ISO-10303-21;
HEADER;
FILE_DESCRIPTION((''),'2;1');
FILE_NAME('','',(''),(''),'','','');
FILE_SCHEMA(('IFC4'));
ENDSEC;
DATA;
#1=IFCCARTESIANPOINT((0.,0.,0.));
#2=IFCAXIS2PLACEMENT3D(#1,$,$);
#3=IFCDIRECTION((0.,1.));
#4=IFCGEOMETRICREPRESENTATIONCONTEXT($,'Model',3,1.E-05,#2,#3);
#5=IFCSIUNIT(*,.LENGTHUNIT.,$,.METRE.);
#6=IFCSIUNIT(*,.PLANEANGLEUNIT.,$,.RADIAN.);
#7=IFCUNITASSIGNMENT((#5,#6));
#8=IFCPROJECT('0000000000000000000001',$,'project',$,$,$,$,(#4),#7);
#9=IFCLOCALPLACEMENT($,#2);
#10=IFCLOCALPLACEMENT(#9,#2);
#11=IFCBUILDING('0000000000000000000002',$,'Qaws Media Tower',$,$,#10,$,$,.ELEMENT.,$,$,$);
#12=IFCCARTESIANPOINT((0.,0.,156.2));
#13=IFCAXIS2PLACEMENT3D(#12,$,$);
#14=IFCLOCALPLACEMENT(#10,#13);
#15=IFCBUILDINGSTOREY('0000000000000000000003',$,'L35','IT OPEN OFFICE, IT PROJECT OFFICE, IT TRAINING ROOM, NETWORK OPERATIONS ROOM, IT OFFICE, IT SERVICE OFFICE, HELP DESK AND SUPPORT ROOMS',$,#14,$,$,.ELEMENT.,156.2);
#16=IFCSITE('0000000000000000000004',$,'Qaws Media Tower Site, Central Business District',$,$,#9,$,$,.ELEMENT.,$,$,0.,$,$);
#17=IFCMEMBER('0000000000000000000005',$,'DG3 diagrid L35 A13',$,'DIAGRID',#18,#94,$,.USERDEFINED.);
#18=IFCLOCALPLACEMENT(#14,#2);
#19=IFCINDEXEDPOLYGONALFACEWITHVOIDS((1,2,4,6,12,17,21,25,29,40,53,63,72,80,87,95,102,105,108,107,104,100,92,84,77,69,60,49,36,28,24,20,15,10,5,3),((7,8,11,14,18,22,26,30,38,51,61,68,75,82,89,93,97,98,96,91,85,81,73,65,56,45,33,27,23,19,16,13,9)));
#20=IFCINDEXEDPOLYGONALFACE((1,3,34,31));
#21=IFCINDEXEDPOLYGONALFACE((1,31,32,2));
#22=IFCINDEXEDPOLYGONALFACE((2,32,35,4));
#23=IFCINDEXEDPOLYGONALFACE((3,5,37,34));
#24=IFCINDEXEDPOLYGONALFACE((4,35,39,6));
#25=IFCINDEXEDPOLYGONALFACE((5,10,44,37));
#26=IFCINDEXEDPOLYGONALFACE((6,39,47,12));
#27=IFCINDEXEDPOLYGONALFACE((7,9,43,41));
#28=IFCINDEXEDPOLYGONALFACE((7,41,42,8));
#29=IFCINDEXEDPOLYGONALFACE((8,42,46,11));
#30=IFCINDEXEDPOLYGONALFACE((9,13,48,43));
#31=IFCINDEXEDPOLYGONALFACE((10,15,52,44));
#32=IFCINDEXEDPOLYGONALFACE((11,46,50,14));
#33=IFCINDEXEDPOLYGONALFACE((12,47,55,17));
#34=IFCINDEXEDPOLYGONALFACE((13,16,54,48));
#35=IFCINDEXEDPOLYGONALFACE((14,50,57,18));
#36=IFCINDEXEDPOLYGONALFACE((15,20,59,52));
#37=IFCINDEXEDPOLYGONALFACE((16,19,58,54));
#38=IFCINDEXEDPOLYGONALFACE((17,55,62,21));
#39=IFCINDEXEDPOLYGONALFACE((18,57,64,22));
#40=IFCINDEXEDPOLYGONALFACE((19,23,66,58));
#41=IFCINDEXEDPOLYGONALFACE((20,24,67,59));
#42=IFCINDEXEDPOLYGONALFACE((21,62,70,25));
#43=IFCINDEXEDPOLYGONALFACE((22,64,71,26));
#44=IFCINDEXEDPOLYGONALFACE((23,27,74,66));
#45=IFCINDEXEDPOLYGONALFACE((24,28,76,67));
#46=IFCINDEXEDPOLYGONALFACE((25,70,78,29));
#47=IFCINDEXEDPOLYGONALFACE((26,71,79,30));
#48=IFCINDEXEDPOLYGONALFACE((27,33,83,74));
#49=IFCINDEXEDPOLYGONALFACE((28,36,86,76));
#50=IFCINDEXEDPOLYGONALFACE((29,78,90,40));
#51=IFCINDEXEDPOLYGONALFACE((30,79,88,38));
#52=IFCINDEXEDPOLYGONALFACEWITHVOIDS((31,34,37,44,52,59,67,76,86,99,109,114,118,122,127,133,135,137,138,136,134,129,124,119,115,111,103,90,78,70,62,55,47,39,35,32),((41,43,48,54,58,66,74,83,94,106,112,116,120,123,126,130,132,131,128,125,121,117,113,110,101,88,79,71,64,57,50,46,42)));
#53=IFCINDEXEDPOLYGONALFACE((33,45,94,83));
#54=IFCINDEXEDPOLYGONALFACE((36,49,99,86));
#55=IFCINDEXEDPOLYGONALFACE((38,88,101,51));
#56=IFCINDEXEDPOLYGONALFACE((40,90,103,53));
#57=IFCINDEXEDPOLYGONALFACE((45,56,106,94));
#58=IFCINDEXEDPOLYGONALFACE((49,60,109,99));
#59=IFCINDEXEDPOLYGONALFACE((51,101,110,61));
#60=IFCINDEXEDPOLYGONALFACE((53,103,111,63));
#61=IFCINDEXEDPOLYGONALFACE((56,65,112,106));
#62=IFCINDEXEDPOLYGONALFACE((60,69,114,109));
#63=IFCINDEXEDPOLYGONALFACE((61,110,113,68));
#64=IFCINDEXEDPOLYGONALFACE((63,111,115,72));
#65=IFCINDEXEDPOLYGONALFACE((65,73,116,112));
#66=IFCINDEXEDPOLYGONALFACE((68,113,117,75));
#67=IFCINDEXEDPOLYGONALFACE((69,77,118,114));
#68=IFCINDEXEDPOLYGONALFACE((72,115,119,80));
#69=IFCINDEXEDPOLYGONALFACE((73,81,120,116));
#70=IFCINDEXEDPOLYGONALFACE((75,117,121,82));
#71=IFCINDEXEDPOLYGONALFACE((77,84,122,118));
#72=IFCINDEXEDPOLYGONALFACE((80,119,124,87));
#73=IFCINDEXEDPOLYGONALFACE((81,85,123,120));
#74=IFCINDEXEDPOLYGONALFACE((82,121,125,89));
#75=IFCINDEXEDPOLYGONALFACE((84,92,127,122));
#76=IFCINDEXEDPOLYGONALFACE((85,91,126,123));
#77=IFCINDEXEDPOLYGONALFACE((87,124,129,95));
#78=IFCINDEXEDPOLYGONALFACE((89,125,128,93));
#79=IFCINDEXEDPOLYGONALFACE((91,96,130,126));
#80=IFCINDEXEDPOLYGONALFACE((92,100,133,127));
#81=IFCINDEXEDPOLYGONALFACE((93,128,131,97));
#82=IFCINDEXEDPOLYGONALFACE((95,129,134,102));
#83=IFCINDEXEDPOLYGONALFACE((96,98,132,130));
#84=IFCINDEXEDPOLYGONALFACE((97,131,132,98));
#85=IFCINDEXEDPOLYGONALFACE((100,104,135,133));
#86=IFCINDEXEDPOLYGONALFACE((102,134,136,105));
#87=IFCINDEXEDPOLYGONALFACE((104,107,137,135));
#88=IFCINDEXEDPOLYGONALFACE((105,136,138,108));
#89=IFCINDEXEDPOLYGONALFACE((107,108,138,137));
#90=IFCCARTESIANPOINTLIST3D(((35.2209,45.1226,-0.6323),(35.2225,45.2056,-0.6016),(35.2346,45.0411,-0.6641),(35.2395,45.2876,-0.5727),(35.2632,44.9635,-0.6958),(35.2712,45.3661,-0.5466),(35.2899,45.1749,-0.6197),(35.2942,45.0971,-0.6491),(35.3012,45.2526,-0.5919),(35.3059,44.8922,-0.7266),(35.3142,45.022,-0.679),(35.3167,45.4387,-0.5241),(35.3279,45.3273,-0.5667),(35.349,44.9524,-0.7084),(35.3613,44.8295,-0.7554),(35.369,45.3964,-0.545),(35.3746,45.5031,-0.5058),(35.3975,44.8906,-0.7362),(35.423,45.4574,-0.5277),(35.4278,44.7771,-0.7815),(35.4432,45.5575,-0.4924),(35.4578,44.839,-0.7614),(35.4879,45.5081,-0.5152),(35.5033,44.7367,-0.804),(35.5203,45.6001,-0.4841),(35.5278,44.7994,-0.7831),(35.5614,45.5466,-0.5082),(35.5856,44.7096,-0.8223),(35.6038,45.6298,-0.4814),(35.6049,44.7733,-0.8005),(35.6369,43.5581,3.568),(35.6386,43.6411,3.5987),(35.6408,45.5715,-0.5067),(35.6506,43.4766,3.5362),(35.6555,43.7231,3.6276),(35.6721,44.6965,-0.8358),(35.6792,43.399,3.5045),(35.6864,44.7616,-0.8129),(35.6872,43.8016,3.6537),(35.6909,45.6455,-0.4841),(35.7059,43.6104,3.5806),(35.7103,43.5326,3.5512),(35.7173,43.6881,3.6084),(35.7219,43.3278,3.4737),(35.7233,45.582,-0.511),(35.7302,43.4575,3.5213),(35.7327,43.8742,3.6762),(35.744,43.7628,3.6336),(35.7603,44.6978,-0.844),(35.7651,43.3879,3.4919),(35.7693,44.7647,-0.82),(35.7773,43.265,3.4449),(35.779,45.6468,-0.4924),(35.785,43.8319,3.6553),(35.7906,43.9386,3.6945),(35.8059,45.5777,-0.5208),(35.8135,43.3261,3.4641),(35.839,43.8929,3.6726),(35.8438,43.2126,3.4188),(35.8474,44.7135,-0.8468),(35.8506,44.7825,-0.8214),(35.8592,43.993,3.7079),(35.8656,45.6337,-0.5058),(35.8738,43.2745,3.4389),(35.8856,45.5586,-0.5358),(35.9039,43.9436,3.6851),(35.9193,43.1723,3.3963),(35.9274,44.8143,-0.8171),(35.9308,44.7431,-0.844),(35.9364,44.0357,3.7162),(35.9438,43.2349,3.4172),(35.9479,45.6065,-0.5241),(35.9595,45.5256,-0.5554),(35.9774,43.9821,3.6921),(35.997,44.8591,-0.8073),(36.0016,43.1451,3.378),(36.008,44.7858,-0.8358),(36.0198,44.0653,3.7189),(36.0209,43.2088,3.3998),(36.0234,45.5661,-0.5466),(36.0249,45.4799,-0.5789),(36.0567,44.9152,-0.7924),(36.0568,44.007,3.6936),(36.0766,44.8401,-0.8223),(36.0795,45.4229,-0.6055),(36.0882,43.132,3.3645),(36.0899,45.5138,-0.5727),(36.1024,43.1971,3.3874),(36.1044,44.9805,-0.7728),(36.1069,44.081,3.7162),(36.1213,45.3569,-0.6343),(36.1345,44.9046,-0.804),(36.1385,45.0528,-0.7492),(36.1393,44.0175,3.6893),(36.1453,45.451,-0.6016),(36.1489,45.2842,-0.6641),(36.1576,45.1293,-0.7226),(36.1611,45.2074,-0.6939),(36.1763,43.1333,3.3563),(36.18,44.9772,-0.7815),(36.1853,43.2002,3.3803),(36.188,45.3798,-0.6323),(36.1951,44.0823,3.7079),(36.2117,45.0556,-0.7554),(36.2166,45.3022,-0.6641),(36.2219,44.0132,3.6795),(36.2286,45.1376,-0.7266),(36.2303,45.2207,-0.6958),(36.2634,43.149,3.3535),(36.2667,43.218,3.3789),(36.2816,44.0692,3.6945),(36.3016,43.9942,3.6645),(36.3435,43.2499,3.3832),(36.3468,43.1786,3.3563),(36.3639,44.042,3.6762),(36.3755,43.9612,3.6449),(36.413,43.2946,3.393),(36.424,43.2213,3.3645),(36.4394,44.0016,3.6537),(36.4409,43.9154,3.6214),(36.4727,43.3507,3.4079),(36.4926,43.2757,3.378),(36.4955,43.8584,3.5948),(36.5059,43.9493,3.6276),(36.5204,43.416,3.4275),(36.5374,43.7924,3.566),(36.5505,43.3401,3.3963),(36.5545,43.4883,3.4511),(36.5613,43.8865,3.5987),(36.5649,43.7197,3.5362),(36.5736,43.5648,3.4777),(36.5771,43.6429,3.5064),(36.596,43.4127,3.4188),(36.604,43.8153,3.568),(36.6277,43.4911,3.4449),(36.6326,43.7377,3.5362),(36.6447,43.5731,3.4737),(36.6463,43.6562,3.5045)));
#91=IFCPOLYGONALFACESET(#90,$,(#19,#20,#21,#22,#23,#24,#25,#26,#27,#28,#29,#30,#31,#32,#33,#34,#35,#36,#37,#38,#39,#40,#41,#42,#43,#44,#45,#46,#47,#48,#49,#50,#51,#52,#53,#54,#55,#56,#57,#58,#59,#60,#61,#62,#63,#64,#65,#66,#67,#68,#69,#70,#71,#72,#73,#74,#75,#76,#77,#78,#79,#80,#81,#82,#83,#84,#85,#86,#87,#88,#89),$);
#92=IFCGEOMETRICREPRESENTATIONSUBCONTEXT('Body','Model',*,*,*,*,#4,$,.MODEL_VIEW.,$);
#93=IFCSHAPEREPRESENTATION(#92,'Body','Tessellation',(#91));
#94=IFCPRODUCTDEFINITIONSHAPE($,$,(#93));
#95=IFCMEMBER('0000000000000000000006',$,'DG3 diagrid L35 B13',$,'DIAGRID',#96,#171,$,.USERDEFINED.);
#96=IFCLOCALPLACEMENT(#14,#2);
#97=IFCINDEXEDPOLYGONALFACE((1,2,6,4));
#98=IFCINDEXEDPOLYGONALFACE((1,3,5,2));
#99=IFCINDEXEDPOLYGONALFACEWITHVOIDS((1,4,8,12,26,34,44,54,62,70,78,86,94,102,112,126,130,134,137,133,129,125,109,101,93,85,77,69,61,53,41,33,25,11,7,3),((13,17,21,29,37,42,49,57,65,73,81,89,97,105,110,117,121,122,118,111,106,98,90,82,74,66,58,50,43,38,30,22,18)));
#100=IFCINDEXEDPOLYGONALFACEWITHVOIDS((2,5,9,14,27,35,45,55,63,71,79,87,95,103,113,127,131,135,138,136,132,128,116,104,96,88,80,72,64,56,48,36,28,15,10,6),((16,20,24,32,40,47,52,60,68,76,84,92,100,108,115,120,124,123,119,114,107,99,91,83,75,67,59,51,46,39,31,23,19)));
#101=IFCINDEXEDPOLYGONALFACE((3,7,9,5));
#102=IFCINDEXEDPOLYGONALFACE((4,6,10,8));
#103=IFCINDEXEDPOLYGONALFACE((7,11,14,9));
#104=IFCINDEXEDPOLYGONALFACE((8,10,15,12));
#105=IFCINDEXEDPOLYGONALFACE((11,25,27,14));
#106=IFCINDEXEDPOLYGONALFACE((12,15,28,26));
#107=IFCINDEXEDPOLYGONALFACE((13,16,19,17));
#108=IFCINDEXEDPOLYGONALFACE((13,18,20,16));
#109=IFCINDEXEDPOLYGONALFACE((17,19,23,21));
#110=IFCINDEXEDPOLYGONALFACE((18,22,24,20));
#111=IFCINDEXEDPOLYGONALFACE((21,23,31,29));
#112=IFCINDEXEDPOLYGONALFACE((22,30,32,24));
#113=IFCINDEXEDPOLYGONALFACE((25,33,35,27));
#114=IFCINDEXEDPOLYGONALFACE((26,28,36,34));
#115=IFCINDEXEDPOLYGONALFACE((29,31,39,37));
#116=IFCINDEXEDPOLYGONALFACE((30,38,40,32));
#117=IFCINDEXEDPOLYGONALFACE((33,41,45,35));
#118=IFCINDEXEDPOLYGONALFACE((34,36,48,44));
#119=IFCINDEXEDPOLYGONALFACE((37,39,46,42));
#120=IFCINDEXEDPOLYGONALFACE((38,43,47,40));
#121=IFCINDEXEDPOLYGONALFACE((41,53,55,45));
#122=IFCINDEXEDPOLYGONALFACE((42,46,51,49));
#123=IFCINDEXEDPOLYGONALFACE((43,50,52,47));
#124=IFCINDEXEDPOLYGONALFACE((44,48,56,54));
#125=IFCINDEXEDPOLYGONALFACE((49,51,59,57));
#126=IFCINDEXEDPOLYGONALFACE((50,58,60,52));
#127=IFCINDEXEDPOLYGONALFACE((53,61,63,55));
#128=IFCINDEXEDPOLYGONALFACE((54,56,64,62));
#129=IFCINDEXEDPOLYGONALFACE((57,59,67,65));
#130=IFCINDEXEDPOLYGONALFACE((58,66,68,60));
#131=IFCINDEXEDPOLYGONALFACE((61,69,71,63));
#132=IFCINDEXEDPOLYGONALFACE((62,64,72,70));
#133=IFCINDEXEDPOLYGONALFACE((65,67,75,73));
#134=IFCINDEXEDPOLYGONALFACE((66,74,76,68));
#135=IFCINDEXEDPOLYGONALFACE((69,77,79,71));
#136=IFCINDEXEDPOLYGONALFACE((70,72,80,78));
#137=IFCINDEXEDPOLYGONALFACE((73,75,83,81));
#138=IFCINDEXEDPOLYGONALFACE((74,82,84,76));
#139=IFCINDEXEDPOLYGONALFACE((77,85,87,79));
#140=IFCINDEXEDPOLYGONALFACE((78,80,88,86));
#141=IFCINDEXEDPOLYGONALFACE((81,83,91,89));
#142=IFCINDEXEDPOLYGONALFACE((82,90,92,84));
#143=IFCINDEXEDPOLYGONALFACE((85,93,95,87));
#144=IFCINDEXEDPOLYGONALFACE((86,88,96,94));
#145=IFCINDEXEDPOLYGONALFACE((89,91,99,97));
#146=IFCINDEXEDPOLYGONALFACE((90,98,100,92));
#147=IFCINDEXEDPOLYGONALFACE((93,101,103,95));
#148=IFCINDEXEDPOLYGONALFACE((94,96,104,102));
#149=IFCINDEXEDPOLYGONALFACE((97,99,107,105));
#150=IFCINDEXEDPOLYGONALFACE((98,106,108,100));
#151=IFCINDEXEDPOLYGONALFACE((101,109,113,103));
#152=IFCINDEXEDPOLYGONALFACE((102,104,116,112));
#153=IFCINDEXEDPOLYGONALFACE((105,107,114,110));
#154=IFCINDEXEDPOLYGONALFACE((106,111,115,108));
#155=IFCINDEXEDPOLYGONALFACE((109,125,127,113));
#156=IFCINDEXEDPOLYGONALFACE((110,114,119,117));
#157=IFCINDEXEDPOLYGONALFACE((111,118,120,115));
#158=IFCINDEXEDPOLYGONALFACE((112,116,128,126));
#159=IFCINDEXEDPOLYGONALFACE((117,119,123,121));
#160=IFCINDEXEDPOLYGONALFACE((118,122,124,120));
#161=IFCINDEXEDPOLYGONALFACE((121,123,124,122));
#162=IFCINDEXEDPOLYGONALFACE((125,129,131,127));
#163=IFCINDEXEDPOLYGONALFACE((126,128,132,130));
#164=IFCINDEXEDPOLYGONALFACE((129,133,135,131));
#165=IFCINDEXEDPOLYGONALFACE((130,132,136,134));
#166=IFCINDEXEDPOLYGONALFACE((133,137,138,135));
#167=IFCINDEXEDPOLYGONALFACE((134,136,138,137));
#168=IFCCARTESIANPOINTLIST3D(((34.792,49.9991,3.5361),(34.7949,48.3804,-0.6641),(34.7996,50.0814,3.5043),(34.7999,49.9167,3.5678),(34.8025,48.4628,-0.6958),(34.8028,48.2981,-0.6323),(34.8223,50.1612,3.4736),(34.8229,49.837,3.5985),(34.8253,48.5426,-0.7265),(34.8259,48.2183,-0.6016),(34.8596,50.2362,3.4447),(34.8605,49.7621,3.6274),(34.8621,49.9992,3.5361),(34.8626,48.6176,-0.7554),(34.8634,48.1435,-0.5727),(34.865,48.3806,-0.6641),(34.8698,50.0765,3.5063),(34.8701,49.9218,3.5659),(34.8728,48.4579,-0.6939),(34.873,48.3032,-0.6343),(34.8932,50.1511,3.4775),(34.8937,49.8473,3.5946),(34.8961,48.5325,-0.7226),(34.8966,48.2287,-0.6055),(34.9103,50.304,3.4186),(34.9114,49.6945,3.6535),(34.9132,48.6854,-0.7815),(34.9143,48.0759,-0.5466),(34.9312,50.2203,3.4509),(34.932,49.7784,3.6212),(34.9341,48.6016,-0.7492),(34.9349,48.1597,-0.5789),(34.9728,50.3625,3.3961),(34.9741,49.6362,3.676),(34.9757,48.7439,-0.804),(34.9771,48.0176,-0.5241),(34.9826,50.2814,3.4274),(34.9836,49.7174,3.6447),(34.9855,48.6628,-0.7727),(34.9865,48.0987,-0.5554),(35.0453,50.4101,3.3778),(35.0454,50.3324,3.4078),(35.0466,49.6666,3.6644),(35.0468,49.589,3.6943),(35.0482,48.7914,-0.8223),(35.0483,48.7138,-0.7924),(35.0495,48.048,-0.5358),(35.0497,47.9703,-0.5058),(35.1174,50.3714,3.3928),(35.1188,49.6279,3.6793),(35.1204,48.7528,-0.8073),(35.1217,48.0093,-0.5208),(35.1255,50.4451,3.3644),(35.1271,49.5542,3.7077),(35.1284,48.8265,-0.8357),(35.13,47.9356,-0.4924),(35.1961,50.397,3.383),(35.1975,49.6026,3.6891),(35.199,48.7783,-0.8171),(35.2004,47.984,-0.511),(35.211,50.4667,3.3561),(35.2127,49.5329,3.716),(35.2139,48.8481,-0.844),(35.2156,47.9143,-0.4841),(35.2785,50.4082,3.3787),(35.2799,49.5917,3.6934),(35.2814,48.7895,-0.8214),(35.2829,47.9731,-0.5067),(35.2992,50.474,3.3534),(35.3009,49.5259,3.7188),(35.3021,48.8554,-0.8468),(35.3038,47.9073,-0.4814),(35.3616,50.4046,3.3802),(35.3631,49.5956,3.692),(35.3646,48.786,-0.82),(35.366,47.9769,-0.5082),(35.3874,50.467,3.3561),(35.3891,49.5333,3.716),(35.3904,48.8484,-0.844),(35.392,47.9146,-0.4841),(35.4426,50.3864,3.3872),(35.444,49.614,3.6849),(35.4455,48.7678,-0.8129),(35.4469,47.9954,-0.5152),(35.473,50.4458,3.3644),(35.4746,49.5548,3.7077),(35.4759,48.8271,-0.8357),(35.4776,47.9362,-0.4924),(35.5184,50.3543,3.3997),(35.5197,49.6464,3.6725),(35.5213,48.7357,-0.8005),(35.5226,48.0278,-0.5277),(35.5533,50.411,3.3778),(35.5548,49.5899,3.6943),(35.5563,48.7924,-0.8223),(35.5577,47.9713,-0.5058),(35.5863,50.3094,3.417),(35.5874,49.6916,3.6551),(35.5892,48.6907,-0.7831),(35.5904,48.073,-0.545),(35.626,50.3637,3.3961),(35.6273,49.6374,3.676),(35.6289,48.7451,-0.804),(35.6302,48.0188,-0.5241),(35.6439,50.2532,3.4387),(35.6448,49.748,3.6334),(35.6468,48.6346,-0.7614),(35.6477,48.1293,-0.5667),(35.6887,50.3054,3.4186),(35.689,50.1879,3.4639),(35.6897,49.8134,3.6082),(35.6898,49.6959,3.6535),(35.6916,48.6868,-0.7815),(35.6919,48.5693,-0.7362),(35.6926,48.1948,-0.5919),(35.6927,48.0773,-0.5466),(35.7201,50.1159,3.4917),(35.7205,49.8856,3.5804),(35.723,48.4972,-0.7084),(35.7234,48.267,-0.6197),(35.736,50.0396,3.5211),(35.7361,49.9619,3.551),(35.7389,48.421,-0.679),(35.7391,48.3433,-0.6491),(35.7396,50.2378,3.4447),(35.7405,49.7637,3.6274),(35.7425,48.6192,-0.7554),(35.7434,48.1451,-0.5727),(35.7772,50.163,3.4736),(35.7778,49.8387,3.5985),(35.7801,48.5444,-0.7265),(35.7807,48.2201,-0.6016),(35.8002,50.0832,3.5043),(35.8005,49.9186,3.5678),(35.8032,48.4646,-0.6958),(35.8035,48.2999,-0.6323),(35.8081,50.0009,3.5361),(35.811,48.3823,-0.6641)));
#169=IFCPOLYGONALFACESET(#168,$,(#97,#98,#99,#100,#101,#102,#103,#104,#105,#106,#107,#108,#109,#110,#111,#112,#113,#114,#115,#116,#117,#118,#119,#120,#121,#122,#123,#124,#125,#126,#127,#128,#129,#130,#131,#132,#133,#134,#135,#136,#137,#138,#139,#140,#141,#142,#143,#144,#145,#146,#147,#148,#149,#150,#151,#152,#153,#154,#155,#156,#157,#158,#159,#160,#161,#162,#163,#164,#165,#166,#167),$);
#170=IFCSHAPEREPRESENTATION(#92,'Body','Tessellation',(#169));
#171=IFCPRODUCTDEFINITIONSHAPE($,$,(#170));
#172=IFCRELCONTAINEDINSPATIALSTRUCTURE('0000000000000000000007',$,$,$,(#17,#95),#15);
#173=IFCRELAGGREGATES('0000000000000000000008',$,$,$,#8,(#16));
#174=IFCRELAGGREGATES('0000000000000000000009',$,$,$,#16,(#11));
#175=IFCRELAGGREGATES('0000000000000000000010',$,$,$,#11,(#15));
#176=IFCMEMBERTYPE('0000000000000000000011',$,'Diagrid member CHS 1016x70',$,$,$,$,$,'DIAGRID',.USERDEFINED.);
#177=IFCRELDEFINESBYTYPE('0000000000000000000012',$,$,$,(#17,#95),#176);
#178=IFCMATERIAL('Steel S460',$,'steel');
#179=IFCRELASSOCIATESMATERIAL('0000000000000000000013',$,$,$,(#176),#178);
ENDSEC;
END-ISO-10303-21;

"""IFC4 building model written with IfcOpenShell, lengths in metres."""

from ifc_helpers import new_model, si_unit, direction, frame, origin, origin_2d, place, context, subcontext, project, spatial, hollow_circle, extrude, material, material_profile, profile_set, type_object, element, save


model = new_model("IFC4")

# Units and contexts
model_context = context("Model", 3, precision=1e-05, world=origin(), true_north=direction((0.0, 1.0)))
body_context = subcontext(model_context, "Body", "Model", "MODEL_VIEW")
ifc_project = project(units=[si_unit("LENGTHUNIT", "METRE"), si_unit("PLANEANGLEUNIT", "RADIAN")], contexts=[model_context])

# Site, building, storey
site_placement = place(None, origin())
site = spatial("IfcSite", under=ifc_project, at=site_placement, Name="Qaws Media Tower Site, Central Business District", CompositionType="ELEMENT", RefElevation=0.0)
building_placement = place(site_placement, origin())
building = spatial("IfcBuilding", under=site, at=building_placement, Name="Qaws Media Tower", CompositionType="ELEMENT")
storey_placement = place(building_placement, frame((0.0, 0.0, 156.2)))
storey = spatial("IfcBuildingStorey", under=building, at=storey_placement, Name="L35", Description="IT OPEN OFFICE, IT PROJECT OFFICE, IT TRAINING ROOM, NETWORK OPERATIONS ROOM, IT OFFICE, IT SERVICE OFFICE, HELP DESK AND SUPPORT ROOMS", CompositionType="ELEMENT", Elevation=156.2)

# Members
ifc_material_1 = material(Name="Steel S460", Category="steel")
ifc_material_profile_1 = material_profile(ifc_material_1, hollow_circle(Radius=0.5081, WallThickness=0.0701, at=origin_2d()), Name="CHS 1016x70")
ifc_profile_set_1 = profile_set([ifc_material_profile_1], Name="Steel S460")
member_type_1 = type_object("IfcMemberType", Name="Diagrid member CHS 1016x70", ElementType="DIAGRID", PredefinedType="USERDEFINED", material=ifc_profile_set_1)
for number, where, z_axis, x_axis, name in (
    (1, (35.7256, 45.1716, -0.6641), (0.09242, -0.347551, 0.933095), (0.966415, 0.256987, 0.0), "DG3 diagrid L35 A13"),
):
    element("IfcMember", number, at=place(storey_placement, frame(where, z_axis=z_axis, x_axis=x_axis)), inside=storey, type_object=member_type_1, Name=name, ObjectType="DIAGRID", PredefinedType="USERDEFINED", context=body_context, shape_type="SweptSolid", body=[
        extrude(hollow_circle(Radius=0.5081, WallThickness=0.0701, at=origin_2d()), origin(), (0.0, 0.0, 1.0), 4.5015),
    ])
member_1_placement = place(storey_placement, frame((35.303, 48.3813, -0.6641), z_axis=(-0.000651, 0.359597, 0.933108), x_axis=(-0.999998, -0.00181, 0.0)))
element("IfcMember", 2, at=member_1_placement, inside=storey, type_object=member_type_1, Name="DG3 diagrid L35 B13", ObjectType="DIAGRID", PredefinedType="USERDEFINED", context=body_context, shape_type="SweptSolid", body=[
    extrude(hollow_circle(Radius=0.5081, WallThickness=0.0701, at=origin_2d()), origin(), (0.0, 0.0, 1.0), 4.5012),
])

save(model, "model.ifc")
